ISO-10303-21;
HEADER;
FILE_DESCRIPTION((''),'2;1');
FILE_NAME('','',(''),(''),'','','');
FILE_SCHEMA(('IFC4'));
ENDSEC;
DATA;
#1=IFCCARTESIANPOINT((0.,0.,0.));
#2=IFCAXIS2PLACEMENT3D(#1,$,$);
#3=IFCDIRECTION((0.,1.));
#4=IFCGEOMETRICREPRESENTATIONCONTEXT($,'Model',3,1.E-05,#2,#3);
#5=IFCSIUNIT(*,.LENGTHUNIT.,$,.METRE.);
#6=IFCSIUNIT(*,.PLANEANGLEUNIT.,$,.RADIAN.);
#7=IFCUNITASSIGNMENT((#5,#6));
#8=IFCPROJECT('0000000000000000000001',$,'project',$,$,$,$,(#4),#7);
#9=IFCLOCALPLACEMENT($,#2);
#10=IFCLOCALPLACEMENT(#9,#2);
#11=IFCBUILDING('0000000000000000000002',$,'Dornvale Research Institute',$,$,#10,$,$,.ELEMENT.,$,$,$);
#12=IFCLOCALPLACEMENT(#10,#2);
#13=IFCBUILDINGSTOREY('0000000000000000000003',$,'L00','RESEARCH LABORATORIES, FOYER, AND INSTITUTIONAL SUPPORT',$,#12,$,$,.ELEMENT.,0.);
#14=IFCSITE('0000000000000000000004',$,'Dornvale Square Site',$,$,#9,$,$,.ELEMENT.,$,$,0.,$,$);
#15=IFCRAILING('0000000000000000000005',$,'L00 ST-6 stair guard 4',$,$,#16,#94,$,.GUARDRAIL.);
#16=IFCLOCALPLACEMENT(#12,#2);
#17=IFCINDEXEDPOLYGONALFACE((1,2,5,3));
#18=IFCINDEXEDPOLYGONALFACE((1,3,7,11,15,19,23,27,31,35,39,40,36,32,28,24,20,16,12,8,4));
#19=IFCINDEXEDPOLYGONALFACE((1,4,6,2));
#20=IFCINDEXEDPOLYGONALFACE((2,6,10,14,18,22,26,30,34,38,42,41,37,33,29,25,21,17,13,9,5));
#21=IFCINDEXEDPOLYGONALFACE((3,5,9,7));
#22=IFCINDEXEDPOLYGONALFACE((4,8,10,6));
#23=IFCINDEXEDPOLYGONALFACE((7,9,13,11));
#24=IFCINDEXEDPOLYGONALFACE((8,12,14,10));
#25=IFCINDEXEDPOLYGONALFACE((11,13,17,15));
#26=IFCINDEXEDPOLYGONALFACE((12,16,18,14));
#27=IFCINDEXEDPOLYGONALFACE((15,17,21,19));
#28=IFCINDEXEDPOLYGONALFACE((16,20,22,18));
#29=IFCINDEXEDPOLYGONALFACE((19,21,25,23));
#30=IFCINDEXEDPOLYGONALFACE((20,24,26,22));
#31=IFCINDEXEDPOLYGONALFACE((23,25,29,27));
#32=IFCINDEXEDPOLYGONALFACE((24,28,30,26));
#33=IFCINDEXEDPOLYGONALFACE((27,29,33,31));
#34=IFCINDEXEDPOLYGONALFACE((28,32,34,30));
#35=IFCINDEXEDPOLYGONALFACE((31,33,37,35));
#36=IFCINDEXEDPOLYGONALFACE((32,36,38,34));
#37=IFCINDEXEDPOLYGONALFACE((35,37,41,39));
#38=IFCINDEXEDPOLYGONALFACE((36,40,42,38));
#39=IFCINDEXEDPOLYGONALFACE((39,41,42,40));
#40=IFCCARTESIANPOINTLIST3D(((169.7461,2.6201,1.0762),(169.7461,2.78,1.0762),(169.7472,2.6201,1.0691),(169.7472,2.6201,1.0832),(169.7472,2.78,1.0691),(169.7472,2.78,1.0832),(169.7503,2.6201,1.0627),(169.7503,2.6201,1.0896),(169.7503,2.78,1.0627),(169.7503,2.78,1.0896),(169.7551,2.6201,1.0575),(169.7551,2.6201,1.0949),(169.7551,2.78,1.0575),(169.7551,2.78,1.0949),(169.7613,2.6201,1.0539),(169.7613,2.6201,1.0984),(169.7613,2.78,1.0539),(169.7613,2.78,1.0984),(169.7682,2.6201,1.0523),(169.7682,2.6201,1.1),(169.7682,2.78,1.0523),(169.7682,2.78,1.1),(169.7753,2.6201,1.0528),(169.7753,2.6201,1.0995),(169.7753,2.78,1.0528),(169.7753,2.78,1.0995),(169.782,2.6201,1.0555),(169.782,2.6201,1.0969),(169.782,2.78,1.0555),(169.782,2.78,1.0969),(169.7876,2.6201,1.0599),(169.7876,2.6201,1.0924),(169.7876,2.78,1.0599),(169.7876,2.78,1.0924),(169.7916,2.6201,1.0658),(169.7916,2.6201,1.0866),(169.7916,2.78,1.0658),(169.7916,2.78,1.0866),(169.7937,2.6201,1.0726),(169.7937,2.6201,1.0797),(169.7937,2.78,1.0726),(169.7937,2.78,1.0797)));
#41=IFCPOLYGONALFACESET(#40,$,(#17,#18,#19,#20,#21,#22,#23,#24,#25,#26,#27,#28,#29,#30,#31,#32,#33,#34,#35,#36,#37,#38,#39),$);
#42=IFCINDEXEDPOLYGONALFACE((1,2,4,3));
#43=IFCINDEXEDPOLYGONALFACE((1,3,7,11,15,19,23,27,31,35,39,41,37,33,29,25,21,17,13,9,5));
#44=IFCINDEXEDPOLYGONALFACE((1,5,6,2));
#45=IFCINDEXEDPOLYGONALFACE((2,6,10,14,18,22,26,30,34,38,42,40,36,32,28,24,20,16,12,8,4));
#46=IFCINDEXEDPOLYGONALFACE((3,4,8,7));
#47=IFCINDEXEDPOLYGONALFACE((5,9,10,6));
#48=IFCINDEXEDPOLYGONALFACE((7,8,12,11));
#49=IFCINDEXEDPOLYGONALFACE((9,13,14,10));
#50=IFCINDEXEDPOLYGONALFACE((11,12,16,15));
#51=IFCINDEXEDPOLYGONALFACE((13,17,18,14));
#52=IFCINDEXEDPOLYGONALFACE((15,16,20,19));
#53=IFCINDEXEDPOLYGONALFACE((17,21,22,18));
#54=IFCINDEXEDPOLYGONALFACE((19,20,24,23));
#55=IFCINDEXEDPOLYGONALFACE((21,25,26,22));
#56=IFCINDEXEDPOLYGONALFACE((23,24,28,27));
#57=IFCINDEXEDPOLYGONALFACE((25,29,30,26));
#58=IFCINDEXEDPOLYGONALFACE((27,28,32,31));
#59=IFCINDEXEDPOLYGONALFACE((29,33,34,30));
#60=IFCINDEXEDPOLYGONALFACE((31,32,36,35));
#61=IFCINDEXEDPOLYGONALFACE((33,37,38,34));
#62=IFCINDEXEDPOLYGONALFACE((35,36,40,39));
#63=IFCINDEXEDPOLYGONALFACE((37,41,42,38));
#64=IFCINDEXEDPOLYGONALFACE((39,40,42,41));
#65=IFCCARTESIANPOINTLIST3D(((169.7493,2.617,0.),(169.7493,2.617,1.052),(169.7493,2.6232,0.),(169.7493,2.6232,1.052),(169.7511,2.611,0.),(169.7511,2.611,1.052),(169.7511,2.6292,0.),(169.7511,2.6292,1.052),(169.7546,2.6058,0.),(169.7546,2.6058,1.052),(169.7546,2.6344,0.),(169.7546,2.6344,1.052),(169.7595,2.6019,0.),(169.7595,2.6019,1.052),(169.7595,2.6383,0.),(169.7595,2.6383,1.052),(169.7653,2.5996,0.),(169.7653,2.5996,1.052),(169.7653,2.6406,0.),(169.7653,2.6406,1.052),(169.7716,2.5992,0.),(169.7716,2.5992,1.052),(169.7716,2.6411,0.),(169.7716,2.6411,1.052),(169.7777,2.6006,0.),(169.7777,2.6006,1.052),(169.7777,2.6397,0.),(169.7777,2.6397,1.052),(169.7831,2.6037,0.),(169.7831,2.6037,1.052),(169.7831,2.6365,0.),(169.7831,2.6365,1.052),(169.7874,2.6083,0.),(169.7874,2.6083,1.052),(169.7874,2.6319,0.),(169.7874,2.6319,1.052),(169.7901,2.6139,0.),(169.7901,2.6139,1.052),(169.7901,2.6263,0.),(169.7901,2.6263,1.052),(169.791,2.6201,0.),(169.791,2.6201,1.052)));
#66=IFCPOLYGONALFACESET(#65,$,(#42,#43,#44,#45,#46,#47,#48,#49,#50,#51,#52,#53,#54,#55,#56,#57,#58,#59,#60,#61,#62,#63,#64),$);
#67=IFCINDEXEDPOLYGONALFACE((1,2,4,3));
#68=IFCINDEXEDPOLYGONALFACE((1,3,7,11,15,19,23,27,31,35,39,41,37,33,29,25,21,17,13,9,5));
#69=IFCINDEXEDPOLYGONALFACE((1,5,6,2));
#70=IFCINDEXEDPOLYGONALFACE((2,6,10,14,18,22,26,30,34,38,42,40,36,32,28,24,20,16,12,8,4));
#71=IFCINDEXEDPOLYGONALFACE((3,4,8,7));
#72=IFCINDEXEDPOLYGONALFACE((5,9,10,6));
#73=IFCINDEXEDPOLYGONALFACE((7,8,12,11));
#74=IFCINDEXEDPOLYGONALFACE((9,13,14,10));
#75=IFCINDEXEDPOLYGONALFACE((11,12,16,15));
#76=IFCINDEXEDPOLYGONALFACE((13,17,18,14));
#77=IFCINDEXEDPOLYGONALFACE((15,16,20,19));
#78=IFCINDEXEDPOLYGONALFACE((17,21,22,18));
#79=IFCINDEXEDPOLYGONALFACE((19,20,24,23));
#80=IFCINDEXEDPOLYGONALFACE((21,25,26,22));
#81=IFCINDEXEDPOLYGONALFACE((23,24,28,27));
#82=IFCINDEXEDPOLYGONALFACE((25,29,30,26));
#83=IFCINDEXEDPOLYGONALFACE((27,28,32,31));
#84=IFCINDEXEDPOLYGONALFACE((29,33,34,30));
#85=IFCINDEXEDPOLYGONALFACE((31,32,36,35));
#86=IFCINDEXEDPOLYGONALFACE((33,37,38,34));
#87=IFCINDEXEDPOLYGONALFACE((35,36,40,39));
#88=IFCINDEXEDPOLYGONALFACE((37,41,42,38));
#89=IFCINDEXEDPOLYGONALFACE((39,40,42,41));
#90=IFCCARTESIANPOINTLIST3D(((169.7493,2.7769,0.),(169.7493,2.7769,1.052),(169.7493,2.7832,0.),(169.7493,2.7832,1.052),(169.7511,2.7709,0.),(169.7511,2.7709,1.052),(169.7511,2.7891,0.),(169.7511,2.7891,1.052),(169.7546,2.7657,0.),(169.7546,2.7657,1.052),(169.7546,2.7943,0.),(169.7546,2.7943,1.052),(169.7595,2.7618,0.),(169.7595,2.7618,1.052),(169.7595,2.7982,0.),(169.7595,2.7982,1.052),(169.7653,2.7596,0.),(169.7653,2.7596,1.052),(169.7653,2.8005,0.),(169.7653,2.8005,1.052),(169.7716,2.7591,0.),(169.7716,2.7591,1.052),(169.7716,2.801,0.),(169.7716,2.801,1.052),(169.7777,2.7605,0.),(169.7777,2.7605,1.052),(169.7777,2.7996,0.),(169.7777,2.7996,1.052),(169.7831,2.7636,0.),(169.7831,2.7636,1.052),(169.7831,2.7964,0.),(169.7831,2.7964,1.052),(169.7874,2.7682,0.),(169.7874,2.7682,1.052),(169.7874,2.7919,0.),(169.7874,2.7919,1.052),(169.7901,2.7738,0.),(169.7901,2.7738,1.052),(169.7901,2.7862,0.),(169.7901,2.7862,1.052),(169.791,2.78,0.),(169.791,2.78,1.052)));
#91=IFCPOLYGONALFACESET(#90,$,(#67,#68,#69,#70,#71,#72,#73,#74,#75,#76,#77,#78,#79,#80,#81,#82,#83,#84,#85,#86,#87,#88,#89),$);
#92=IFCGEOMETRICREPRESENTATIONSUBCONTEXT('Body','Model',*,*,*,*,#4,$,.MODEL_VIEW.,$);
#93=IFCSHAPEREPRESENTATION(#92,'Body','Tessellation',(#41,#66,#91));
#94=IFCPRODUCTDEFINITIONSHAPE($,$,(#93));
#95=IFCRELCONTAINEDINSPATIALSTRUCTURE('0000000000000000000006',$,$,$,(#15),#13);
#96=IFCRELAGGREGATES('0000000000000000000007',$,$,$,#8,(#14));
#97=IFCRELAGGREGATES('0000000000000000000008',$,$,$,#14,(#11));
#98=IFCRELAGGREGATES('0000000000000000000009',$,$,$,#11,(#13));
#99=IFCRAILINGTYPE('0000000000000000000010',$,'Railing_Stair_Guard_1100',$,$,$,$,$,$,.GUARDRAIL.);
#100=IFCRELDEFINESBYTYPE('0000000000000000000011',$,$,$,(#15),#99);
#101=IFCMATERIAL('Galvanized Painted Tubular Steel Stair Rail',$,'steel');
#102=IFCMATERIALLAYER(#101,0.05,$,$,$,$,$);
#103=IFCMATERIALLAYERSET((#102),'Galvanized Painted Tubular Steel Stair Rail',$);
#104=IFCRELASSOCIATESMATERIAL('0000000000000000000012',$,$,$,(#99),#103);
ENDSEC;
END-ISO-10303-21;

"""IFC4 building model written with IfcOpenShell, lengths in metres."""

from ifc_helpers import new_model, si_unit, direction, frame, origin, origin_2d, place, context, subcontext, project, spatial, circle, extrude, material, layer, layer_set, type_object, element, save


model = new_model("IFC4")

# Units and contexts
model_context = context("Model", 3, precision=1e-05, world=origin(), true_north=direction((0.0, 1.0)))
body_context = subcontext(model_context, "Body", "Model", "MODEL_VIEW")
ifc_project = project(units=[si_unit("LENGTHUNIT", "METRE"), si_unit("PLANEANGLEUNIT", "RADIAN")], contexts=[model_context])

# Site, building, storey
site_placement = place(None, origin())
site = spatial("IfcSite", under=ifc_project, at=site_placement, Name="Dornvale Square Site", CompositionType="ELEMENT", RefElevation=0.0)
building_placement = place(site_placement, origin())
building = spatial("IfcBuilding", under=site, at=building_placement, Name="Dornvale Research Institute", CompositionType="ELEMENT")
storey_placement = place(building_placement, origin())
storey = spatial("IfcBuildingStorey", under=building, at=storey_placement, Name="L00", Description="RESEARCH LABORATORIES, FOYER, AND INSTITUTIONAL SUPPORT", CompositionType="ELEMENT", Elevation=0.0)

# Railing
ifc_material_1 = material(Name="Galvanized Painted Tubular Steel Stair Rail", Category="steel")
ifc_layer_1 = layer(ifc_material_1, 0.05)
ifc_layer_set_1 = layer_set([ifc_layer_1], Name="Galvanized Painted Tubular Steel Stair Rail")
railing_type_1 = type_object("IfcRailingType", Name="Railing_Stair_Guard_1100", PredefinedType="GUARDRAIL", material=ifc_layer_set_1)
railing_1_placement = place(storey_placement, frame((169.77, 2.6201, 0.0)))
element("IfcRailing", 1, at=railing_1_placement, inside=storey, type_object=railing_type_1, Name="L00 ST-6 stair guard 4", PredefinedType="GUARDRAIL", context=body_context, shape_type="SweptSolid", body=[
    extrude(circle(Radius=0.0239, at=origin_2d()), frame((0.0, 0.0, 1.0762), z_axis=(0.0, 1.0, 0.0), x_axis=(-1.0, 0.0, 0.0)), (0.0, 0.0, 1.0), 0.1599),
    extrude(circle(Radius=0.021, at=origin_2d()), origin(), (0.0, 0.0, 1.0), 1.052),
    extrude(circle(Radius=0.021, at=origin_2d()), frame((0.0, 0.1599, 0.0)), (0.0, 0.0, 1.0), 1.052),
])

save(model, "model.ifc")
